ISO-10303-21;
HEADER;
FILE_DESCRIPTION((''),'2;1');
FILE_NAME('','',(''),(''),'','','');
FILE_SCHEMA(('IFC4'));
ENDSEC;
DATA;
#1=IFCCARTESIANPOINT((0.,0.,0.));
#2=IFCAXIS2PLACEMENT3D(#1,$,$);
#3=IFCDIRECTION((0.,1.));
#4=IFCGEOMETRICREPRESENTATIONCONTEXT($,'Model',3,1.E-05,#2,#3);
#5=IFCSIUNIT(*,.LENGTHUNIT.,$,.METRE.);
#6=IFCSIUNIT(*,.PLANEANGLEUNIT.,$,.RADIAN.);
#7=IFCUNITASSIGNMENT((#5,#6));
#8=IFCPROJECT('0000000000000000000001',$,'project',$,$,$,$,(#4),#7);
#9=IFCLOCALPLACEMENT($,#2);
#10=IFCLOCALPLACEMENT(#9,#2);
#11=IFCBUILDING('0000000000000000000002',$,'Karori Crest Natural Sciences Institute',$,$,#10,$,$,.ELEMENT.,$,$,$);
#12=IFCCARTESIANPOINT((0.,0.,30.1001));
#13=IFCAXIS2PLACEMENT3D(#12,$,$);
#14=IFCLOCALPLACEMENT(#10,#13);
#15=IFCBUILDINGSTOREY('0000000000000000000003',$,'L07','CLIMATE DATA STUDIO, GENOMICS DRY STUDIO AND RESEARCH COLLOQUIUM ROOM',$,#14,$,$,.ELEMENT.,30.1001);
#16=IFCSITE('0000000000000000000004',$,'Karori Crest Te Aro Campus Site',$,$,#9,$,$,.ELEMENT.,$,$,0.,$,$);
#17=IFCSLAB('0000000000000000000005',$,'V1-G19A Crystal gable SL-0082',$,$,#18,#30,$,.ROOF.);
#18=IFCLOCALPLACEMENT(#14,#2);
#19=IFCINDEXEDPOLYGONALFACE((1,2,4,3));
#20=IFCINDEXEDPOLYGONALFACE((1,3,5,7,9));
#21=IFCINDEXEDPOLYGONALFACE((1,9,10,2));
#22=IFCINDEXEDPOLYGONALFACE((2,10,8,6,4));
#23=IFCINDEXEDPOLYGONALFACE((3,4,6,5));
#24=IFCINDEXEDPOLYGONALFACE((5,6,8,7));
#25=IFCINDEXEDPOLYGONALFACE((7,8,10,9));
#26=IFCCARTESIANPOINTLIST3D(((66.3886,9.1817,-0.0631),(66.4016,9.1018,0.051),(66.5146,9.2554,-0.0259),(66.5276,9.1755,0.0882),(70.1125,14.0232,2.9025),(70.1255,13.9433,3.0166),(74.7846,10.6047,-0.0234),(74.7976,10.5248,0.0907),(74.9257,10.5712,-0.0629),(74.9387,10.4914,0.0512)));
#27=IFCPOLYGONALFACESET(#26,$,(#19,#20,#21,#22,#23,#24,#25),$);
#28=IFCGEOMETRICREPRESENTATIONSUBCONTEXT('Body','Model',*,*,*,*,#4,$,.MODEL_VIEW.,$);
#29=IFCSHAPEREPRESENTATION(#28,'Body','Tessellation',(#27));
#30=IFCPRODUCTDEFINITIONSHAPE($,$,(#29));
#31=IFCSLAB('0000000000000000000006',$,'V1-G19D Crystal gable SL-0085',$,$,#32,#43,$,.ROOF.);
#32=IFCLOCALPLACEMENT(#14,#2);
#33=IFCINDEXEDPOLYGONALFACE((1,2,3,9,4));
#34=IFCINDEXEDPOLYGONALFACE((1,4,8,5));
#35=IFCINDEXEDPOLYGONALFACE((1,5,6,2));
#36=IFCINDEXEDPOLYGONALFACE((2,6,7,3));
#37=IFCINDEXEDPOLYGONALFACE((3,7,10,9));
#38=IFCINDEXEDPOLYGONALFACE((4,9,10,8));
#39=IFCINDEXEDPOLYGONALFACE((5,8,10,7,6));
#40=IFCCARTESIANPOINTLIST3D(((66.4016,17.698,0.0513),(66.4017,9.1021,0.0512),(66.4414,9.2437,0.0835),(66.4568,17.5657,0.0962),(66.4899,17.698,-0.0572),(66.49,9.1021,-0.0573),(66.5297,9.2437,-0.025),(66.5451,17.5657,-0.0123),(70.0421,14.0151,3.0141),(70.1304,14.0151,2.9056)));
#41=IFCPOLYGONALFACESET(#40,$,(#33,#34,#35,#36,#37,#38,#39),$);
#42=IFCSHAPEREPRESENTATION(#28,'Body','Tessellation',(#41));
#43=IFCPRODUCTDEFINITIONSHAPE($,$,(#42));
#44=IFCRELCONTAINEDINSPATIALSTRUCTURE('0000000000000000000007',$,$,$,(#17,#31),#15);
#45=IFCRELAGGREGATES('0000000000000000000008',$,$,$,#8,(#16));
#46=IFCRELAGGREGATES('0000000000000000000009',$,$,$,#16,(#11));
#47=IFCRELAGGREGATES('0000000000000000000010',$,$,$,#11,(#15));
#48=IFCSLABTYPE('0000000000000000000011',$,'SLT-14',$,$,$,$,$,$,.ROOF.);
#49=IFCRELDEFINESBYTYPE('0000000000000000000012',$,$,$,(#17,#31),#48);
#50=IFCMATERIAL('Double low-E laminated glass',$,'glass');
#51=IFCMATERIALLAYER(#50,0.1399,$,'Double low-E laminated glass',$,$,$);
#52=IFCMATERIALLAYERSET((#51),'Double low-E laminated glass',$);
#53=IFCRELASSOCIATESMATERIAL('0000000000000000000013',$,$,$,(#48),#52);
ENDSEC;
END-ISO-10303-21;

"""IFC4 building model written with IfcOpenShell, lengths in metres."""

from ifc_helpers import new_model, si_unit, direction, frame, origin, place, context, subcontext, project, spatial, polyline, outline, extrude, material, layer, layer_set, type_object, element, save


model = new_model("IFC4")

# Units and contexts
model_context = context("Model", 3, precision=1e-05, world=origin(), true_north=direction((0.0, 1.0)))
body_context = subcontext(model_context, "Body", "Model", "MODEL_VIEW")
ifc_project = project(units=[si_unit("LENGTHUNIT", "METRE"), si_unit("PLANEANGLEUNIT", "RADIAN")], contexts=[model_context])

# Site, building, storey
site_placement = place(None, origin())
site = spatial("IfcSite", under=ifc_project, at=site_placement, Name="Karori Crest Te Aro Campus Site", CompositionType="ELEMENT", RefElevation=0.0)
building_placement = place(site_placement, origin())
building = spatial("IfcBuilding", under=site, at=building_placement, Name="Karori Crest Natural Sciences Institute", CompositionType="ELEMENT")
storey_placement = place(building_placement, frame((0.0, 0.0, 30.1001)))
storey = spatial("IfcBuildingStorey", under=building, at=storey_placement, Name="L07", Description="CLIMATE DATA STUDIO, GENOMICS DRY STUDIO AND RESEARCH COLLOQUIUM ROOM", CompositionType="ELEMENT", Elevation=30.1001)

# Slabs
ifc_material_1 = material(Name="Double low-E laminated glass", Category="glass")
ifc_layer_1 = layer(ifc_material_1, 0.1399, Name="Double low-E laminated glass")
ifc_layer_set_1 = layer_set([ifc_layer_1], Name="Double low-E laminated glass")
slab_type = type_object("IfcSlabType", Name="SLT-14", PredefinedType="ROOF", material=ifc_layer_set_1)
slab_1_placement = place(storey_placement, frame((66.4016, 9.1018, 0.051), z_axis=(0.092939, -0.571079, 0.815617), x_axis=(0.987011, 0.160652, 0.000016)))
element("IfcSlab", 1, at=slab_1_placement, inside=storey, type_object=slab_type, Name="V1-G19A Crystal gable SL-0082", PredefinedType="ROOF", context=body_context, shape_type="SweptSolid", body=[
    extrude(outline(polyline([(0.0, 0.0), (8.6495, 0.0), (8.5156, 0.0683), (4.4534, 5.1254), (0.1362, 0.0643), (0.0, 0.0)])), origin(), (0.0, 0.0, -1.0), 0.1399),
])
slab_2_placement = place(storey_placement, frame((66.4016, 17.698, 0.0513), z_axis=(-0.631233, -0.000016, 0.775593), x_axis=(0.00001, -1.0, -0.000013)))
element("IfcSlab", 2, at=slab_2_placement, inside=storey, type_object=slab_type, Name="V1-G19D Crystal gable SL-0085", PredefinedType="ROOF", context=body_context, shape_type="SweptSolid", body=[
    extrude(outline(polyline([(0.0, 0.0), (8.5959, 0.0), (8.4543, 0.0512), (3.6829, 4.6937), (0.1323, 0.0712), (0.0, 0.0)])), origin(), (0.0, 0.0, -1.0), 0.1399),
])

save(model, "model.ifc")
